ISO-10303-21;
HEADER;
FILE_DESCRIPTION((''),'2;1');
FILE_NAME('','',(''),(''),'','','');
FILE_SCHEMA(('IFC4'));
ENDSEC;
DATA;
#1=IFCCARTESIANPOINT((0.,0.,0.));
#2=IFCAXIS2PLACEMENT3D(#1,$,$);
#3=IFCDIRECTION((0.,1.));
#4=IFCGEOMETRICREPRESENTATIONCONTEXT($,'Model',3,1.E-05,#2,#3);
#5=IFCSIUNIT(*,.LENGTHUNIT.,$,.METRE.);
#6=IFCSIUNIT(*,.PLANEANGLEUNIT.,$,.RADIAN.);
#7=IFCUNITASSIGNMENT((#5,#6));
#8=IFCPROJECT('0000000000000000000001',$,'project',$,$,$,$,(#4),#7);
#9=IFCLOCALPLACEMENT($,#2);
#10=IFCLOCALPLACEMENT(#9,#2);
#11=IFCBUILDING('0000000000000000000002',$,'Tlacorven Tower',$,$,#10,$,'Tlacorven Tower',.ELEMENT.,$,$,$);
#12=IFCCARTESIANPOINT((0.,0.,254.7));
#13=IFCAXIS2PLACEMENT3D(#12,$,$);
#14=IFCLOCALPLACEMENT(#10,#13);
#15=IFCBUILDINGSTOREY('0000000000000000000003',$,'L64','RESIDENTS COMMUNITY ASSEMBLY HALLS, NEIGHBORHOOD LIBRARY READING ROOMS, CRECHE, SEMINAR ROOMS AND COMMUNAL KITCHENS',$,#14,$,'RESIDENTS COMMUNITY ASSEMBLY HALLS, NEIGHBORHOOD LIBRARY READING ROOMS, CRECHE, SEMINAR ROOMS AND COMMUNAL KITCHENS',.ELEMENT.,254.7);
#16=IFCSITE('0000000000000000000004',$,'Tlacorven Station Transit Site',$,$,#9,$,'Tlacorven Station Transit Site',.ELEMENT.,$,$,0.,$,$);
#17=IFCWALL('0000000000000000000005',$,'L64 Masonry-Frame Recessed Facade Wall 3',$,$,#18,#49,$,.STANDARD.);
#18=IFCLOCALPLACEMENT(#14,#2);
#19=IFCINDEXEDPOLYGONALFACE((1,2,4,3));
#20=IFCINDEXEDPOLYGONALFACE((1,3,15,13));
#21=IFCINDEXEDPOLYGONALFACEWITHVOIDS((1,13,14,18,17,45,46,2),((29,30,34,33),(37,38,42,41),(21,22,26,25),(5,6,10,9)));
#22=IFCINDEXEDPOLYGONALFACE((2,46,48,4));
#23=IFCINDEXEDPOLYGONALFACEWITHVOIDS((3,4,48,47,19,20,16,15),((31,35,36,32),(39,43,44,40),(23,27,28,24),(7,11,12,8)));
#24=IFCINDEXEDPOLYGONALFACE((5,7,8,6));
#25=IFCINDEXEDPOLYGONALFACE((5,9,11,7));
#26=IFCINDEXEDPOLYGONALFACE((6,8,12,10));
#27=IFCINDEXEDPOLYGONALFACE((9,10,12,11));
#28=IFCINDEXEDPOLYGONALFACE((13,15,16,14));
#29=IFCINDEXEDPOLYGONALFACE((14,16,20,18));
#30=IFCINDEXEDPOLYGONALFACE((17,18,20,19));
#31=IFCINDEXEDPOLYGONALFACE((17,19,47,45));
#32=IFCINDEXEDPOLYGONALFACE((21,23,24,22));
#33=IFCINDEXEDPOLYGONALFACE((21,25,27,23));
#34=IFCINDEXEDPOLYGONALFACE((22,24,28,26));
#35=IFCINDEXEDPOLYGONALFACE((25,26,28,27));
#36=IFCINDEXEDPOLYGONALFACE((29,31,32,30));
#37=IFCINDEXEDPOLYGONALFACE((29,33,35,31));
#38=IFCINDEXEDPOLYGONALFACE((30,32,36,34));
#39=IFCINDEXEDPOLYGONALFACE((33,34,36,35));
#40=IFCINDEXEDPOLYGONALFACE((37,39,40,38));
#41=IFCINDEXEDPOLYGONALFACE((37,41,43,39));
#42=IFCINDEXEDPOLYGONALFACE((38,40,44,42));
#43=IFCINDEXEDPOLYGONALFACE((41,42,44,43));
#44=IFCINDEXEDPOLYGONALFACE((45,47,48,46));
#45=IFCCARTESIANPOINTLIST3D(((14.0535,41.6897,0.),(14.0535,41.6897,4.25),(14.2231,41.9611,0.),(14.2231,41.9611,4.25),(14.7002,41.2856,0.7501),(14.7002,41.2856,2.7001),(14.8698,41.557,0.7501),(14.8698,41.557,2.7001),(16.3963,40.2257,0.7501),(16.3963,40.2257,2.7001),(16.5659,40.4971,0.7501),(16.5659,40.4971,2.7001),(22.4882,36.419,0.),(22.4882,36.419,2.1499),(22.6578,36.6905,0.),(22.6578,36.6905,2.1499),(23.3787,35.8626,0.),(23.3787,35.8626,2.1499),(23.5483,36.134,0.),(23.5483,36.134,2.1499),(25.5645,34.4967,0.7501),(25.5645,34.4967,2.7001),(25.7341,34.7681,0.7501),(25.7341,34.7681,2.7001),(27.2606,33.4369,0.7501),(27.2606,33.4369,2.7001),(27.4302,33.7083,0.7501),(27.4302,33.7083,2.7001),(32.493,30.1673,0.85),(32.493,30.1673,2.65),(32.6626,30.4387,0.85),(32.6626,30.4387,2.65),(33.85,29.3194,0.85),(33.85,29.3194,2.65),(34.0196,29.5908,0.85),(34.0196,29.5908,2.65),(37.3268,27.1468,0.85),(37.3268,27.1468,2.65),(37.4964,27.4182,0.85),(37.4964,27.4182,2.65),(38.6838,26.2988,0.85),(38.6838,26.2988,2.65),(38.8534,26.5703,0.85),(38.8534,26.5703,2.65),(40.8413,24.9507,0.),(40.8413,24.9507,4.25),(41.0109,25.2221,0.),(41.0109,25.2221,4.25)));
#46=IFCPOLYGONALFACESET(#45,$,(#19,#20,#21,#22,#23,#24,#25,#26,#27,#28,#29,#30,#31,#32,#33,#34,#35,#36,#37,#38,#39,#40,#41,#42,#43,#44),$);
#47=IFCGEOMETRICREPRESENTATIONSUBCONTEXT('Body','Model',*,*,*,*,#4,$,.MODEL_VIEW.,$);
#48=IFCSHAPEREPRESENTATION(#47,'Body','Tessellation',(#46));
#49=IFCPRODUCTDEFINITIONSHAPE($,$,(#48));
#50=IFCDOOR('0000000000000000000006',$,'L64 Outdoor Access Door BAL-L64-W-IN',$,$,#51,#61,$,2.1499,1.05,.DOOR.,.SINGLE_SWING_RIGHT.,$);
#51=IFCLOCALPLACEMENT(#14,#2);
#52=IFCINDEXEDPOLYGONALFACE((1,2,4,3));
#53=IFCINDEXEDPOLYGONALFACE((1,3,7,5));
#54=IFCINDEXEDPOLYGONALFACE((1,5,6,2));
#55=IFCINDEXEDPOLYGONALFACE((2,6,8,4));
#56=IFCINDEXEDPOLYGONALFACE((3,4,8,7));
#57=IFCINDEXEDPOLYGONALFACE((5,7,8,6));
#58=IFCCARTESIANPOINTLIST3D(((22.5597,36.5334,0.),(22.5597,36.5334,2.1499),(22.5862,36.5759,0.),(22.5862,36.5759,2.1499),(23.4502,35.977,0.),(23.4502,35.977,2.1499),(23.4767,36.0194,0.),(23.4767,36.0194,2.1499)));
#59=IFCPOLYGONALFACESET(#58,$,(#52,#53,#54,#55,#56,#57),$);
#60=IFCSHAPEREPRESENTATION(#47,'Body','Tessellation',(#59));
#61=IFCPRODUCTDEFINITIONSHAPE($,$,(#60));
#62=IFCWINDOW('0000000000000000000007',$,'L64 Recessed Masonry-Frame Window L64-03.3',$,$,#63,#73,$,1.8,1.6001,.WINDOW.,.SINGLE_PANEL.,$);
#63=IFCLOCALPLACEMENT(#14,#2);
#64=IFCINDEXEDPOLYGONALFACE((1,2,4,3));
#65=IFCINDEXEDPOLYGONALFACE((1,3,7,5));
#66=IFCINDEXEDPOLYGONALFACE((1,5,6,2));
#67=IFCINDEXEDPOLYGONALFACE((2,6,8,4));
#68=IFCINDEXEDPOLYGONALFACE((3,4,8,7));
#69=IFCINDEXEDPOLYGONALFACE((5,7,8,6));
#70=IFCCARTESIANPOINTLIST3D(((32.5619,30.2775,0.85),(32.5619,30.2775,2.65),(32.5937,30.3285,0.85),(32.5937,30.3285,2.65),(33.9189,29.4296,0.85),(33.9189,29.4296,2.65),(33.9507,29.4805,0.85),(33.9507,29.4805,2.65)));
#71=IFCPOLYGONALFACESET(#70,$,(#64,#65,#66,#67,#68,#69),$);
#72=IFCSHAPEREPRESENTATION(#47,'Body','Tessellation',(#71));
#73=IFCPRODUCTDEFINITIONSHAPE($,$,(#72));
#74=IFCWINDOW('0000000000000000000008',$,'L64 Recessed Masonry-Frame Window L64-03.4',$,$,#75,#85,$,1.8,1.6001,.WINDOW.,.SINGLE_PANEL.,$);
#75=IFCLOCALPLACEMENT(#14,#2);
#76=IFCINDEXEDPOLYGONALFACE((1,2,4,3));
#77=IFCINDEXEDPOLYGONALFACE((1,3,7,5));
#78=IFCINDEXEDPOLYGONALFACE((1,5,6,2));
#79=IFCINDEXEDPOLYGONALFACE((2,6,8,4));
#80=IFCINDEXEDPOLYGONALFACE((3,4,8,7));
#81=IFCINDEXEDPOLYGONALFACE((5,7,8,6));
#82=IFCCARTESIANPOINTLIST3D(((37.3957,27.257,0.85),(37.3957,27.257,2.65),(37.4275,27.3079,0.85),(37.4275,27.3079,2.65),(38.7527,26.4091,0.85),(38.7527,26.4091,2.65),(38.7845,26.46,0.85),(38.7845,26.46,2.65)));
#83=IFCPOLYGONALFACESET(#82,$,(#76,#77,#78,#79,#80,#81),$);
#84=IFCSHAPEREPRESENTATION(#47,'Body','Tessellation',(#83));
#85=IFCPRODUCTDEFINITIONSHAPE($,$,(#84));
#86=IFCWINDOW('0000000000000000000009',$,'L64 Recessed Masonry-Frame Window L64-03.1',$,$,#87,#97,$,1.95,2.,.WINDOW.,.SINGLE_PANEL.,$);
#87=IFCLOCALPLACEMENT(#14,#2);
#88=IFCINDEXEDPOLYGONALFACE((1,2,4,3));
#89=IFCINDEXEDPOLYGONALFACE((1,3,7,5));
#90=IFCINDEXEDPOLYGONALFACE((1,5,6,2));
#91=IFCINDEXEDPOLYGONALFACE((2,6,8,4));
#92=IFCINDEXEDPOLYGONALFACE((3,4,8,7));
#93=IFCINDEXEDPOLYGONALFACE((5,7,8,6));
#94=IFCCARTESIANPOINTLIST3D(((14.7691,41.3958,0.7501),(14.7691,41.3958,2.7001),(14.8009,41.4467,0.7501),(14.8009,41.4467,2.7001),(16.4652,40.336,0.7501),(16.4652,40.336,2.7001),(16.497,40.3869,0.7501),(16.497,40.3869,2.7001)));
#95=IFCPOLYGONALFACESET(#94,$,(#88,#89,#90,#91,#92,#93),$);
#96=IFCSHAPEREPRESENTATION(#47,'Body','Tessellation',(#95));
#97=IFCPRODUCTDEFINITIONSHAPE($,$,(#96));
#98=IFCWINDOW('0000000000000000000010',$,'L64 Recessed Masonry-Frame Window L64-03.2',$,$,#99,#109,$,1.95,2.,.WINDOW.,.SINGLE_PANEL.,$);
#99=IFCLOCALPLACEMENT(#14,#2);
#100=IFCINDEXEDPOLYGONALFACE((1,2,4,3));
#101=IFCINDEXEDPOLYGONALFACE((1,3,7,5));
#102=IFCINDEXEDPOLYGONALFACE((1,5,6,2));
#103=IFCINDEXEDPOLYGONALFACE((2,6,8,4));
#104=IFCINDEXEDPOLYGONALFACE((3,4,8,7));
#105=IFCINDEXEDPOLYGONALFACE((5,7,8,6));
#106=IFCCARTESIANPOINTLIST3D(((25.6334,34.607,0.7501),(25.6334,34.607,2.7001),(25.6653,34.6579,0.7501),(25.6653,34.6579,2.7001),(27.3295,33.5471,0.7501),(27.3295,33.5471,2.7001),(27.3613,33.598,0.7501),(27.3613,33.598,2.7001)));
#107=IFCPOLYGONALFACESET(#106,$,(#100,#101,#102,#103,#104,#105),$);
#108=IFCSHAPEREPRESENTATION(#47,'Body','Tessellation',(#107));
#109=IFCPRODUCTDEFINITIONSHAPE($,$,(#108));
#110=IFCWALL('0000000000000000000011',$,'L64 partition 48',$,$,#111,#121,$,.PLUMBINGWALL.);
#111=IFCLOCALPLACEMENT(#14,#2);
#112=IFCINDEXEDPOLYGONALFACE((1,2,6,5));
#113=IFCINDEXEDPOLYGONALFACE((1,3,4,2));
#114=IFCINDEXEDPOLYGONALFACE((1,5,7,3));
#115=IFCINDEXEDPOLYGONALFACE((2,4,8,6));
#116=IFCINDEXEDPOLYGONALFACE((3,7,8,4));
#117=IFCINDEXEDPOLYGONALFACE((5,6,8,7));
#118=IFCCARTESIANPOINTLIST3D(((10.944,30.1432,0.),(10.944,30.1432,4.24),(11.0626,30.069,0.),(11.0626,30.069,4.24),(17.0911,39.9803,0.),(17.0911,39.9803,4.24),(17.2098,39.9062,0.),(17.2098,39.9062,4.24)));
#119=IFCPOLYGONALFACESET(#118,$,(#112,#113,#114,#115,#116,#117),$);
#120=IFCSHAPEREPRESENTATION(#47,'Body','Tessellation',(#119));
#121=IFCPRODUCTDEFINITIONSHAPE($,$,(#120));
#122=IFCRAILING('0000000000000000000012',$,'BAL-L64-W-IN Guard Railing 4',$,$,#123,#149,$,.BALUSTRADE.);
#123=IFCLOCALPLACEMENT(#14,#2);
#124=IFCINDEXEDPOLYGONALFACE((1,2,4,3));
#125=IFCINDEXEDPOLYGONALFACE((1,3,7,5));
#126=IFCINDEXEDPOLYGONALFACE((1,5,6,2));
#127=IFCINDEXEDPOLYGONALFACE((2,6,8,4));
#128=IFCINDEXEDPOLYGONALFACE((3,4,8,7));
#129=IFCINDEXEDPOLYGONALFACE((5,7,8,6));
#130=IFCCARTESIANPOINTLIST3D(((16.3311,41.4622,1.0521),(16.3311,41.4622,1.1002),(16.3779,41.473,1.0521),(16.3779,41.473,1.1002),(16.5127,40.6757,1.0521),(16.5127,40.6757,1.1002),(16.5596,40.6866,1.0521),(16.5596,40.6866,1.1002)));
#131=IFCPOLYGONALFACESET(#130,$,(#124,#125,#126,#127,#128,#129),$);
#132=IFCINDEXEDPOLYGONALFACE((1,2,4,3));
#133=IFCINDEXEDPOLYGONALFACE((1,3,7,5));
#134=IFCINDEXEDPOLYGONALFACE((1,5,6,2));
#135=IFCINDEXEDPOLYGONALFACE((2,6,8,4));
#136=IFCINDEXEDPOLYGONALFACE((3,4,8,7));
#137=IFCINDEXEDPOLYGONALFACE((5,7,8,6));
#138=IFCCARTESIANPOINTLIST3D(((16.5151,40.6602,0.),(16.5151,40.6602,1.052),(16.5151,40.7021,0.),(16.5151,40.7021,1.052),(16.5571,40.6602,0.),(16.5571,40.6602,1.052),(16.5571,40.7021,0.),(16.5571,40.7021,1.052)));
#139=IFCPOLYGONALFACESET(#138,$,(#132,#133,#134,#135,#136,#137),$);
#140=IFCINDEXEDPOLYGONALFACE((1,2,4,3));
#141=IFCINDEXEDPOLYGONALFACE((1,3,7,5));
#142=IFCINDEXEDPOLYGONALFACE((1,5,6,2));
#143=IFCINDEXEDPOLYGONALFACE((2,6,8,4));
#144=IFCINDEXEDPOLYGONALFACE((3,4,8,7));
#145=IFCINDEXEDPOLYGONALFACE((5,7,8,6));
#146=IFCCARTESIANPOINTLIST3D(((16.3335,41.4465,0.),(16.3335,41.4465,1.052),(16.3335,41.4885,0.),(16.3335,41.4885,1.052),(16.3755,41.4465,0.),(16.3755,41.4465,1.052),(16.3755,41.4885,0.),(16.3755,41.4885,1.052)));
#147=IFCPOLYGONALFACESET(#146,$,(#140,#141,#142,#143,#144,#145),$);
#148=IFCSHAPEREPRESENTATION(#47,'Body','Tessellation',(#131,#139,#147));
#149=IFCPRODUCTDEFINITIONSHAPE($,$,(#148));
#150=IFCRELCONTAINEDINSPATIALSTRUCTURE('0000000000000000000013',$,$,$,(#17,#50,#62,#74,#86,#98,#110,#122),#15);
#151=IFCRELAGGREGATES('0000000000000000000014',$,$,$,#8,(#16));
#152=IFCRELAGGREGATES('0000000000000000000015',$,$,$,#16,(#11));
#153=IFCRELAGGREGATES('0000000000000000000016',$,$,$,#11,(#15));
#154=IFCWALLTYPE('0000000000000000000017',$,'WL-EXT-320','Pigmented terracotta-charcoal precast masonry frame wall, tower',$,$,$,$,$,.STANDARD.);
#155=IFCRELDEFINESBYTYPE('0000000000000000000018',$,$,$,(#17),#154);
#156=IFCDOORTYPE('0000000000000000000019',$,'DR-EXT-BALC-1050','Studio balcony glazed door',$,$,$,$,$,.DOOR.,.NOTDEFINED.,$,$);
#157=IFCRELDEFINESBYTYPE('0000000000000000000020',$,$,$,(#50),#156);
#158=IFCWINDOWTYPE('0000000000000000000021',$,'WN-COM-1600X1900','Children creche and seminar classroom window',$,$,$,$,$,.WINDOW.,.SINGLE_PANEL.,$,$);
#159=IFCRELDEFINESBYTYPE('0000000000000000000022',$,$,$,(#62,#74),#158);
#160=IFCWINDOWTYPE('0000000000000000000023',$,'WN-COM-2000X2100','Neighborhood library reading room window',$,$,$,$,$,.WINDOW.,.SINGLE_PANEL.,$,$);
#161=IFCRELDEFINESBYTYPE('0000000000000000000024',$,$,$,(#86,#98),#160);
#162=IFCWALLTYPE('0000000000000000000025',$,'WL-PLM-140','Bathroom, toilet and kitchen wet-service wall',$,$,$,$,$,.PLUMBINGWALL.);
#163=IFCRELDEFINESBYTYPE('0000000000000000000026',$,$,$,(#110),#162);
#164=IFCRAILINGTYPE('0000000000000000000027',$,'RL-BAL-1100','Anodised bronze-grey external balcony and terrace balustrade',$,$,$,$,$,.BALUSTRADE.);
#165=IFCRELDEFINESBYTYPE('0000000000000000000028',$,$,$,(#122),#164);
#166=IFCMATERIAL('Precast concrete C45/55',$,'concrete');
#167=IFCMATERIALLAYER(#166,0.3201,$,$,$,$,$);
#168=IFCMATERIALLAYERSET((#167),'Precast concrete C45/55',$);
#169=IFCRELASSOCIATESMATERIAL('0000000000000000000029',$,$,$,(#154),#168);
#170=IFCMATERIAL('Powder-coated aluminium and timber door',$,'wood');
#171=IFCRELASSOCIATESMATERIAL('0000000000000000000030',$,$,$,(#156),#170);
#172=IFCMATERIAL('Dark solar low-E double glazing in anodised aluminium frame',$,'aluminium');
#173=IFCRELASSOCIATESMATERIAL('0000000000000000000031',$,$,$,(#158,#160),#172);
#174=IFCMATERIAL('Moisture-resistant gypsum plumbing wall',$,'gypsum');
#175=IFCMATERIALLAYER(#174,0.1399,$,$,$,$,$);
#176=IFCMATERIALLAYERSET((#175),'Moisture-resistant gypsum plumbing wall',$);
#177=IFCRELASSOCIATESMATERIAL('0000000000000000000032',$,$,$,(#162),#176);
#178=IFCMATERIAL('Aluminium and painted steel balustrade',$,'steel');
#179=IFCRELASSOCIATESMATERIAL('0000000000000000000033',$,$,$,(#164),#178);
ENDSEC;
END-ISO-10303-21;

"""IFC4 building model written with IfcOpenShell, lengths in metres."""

from ifc_helpers import new_model, si_unit, direction, frame, frame_2d, origin, origin_2d, place, context, subcontext, project, spatial, rectangle, extrude, source, transform, mapped, material, layer, layer_set, type_object, element, fill, save


model = new_model("IFC4")

# Units and contexts
model_context = context("Model", 3, precision=1e-05, world=origin(), true_north=direction((0.0, 1.0)))
body_context = subcontext(model_context, "Body", "Model", "MODEL_VIEW")
ifc_project = project(units=[si_unit("LENGTHUNIT", "METRE"), si_unit("PLANEANGLEUNIT", "RADIAN")], contexts=[model_context])

# Site, building, storey
site_placement = place(None, origin())
site = spatial("IfcSite", under=ifc_project, at=site_placement, Name="Tlacorven Station Transit Site", LongName="Tlacorven Station Transit Site", CompositionType="ELEMENT", RefElevation=0.0)
building_placement = place(site_placement, origin())
building = spatial("IfcBuilding", under=site, at=building_placement, Name="Tlacorven Tower", LongName="Tlacorven Tower", CompositionType="ELEMENT")
storey_placement = place(building_placement, frame((0.0, 0.0, 254.7)))
storey = spatial("IfcBuildingStorey", under=building, at=storey_placement, Name="L64", Description="RESIDENTS COMMUNITY ASSEMBLY HALLS, NEIGHBORHOOD LIBRARY READING ROOMS, CRECHE, SEMINAR ROOMS AND COMMUNAL KITCHENS", LongName="RESIDENTS COMMUNITY ASSEMBLY HALLS, NEIGHBORHOOD LIBRARY READING ROOMS, CRECHE, SEMINAR ROOMS AND COMMUNAL KITCHENS", CompositionType="ELEMENT", Elevation=254.7)

# Wall, openings, door, windows
ifc_material_1 = material(Name="Precast concrete C45/55", Category="concrete")
ifc_layer_1 = layer(ifc_material_1, 0.3201)
ifc_layer_set_1 = layer_set([ifc_layer_1], Name="Precast concrete C45/55")
wall_type_1 = type_object("IfcWallType", Name="WL-EXT-320", Description="Pigmented terracotta-charcoal precast masonry frame wall, tower", PredefinedType="STANDARD", material=ifc_layer_set_1)
wall_1_placement = place(storey_placement, frame((14.1382, 41.8254, 0.0), z_axis=(0.0, 0.0, 1.0), x_axis=(0.848046, -0.529922, 0.0)))
wall_1 = element("IfcWall", 1, at=wall_1_placement, inside=storey, type_object=wall_type_1, Name="L64 Masonry-Frame Recessed Facade Wall 3", PredefinedType="STANDARD", context=body_context, shape_type="SweptSolid", body=[
    extrude(rectangle(XDim=31.5876, YDim=0.3201, at=frame_2d((15.7939, 0.0))), origin(), (0.0, 0.0, 1.0), 4.25),
])
opening_1_placement = place(wall_1_placement, frame((9.9463, 0.0, 0.0)))
opening_1 = element("IfcOpeningElement", 2, at=opening_1_placement, cuts=wall_1, PredefinedType="OPENING", context=body_context, shape_type="SweptSolid", body=[
    extrude(rectangle(XDim=1.05, YDim=2.1499, at=frame_2d((0.5249, 1.075))), frame((0.0, 0.1699, 0.0), z_axis=(0.0, -1.0, 0.0), x_axis=(1.0, 0.0, 0.0)), (0.0, 0.0, 1.0), 0.3401),
])
opening_2_placement = place(wall_1_placement, frame((0.7627, 0.0, 0.75)))
opening_2 = element("IfcOpeningElement", 3, at=opening_2_placement, cuts=wall_1, PredefinedType="OPENING", context=body_context, shape_type="SweptSolid", body=[
    extrude(rectangle(XDim=2.0, YDim=1.95, at=frame_2d((1.0, 0.9751))), frame((0.0, 0.1699, 0.0), z_axis=(0.0, -1.0, 0.0), x_axis=(1.0, 0.0, 0.0)), (0.0, 0.0, 1.0), 0.3401),
])
opening_3_placement = place(wall_1_placement, frame((13.5737, 0.0, 0.75)))
opening_3 = element("IfcOpeningElement", 4, at=opening_3_placement, cuts=wall_1, PredefinedType="OPENING", context=body_context, shape_type="SweptSolid", body=[
    extrude(rectangle(XDim=2.0, YDim=1.95, at=frame_2d((1.0, 0.9751))), frame((0.0, 0.1699, 0.0), z_axis=(0.0, -1.0, 0.0), x_axis=(1.0, 0.0, 0.0)), (0.0, 0.0, 1.0), 0.3401),
])
opening_4_placement = place(wall_1_placement, frame((21.7437, 0.0, 0.8501)))
opening_4 = element("IfcOpeningElement", 5, at=opening_4_placement, cuts=wall_1, PredefinedType="OPENING", context=body_context, shape_type="SweptSolid", body=[
    extrude(rectangle(XDim=1.6001, YDim=1.8, at=frame_2d((0.8, 0.8999))), frame((0.0, 0.1699, 0.0), z_axis=(0.0, -1.0, 0.0), x_axis=(1.0, 0.0, 0.0)), (0.0, 0.0, 1.0), 0.3401),
])
opening_5_placement = place(wall_1_placement, frame((27.4436, 0.0, 0.8501)))
opening_5 = element("IfcOpeningElement", 6, at=opening_5_placement, cuts=wall_1, PredefinedType="OPENING", context=body_context, shape_type="SweptSolid", body=[
    extrude(rectangle(XDim=1.6001, YDim=1.8, at=frame_2d((0.8, 0.8999))), frame((0.0, 0.1699, 0.0), z_axis=(0.0, -1.0, 0.0), x_axis=(1.0, 0.0, 0.0)), (0.0, 0.0, 1.0), 0.3401),
])
ifc_material_2 = material(Name="Powder-coated aluminium and timber door", Category="wood")
door_type = type_object("IfcDoorType", Name="DR-EXT-BALC-1050", Description="Studio balcony glazed door", OperationType="NOTDEFINED", PredefinedType="DOOR", material=ifc_material_2)
shared_shape_1 = source(origin(), body_context, "Body", "SweptSolid", [
    extrude(rectangle(XDim=1.05, YDim=2.1499, at=frame_2d((0.5249, 1.075))), frame((0.0, 0.0249, 0.0), z_axis=(0.0, -1.0, 0.0), x_axis=(1.0, 0.0, 0.0)), (0.0, 0.0, 1.0), 0.05),
])
door_placement = place(opening_1_placement, origin())
door = element("IfcDoor", 7, at=door_placement, inside=storey, type_object=door_type, Name="L64 Outdoor Access Door BAL-L64-W-IN", OperationType="SINGLE_SWING_RIGHT", OverallHeight=2.1499, OverallWidth=1.05, PredefinedType="DOOR", context=body_context, shape_type="MappedRepresentation", body=[
    mapped(shared_shape_1, transform((0.0, 0.0, 0.0), scale=1.0)),
])
fill(opening_1, door)
ifc_material_3 = material(Name="Dark solar low-E double glazing in anodised aluminium frame", Category="aluminium")
window_type_1 = type_object("IfcWindowType", Name="WN-COM-1600X1900", Description="Children creche and seminar classroom window", PartitioningType="SINGLE_PANEL", PredefinedType="WINDOW", material=ifc_material_3)
shared_shape_2 = source(origin(), body_context, "Body", "SweptSolid", [
    extrude(rectangle(XDim=1.6001, YDim=1.8, at=frame_2d((0.8, 0.8999))), frame((0.0, 0.03, 0.0), z_axis=(0.0, -1.0, 0.0), x_axis=(1.0, 0.0, 0.0)), (0.0, 0.0, 1.0), 0.0601),
])
window_1_placement = place(opening_4_placement, origin())
window_1 = element("IfcWindow", 8, at=window_1_placement, inside=storey, type_object=window_type_1, Name="L64 Recessed Masonry-Frame Window L64-03.3", OverallHeight=1.8, OverallWidth=1.6001, PartitioningType="SINGLE_PANEL", PredefinedType="WINDOW", context=body_context, shape_type="MappedRepresentation", body=[
    mapped(shared_shape_2, transform((0.0, 0.0, 0.0), scale=1.0)),
])
fill(opening_4, window_1)
window_2_placement = place(opening_5_placement, origin())
window_2 = element("IfcWindow", 9, at=window_2_placement, inside=storey, type_object=window_type_1, Name="L64 Recessed Masonry-Frame Window L64-03.4", OverallHeight=1.8, OverallWidth=1.6001, PartitioningType="SINGLE_PANEL", PredefinedType="WINDOW", context=body_context, shape_type="MappedRepresentation", body=[
    mapped(shared_shape_2, transform((0.0, 0.0, 0.0), scale=1.0)),
])
fill(opening_5, window_2)
window_type_2 = type_object("IfcWindowType", Name="WN-COM-2000X2100", Description="Neighborhood library reading room window", PartitioningType="SINGLE_PANEL", PredefinedType="WINDOW", material=ifc_material_3)
shared_shape_3 = source(origin(), body_context, "Body", "SweptSolid", [
    extrude(rectangle(XDim=2.0, YDim=1.95, at=frame_2d((1.0, 0.9751))), frame((0.0, 0.03, 0.0), z_axis=(0.0, -1.0, 0.0), x_axis=(1.0, 0.0, 0.0)), (0.0, 0.0, 1.0), 0.0601),
])
window_3_placement = place(opening_2_placement, origin())
window_3 = element("IfcWindow", 10, at=window_3_placement, inside=storey, type_object=window_type_2, Name="L64 Recessed Masonry-Frame Window L64-03.1", OverallHeight=1.95, OverallWidth=2.0, PartitioningType="SINGLE_PANEL", PredefinedType="WINDOW", context=body_context, shape_type="MappedRepresentation", body=[
    mapped(shared_shape_3, transform((0.0, 0.0, 0.0), scale=1.0)),
])
fill(opening_2, window_3)
window_4_placement = place(opening_3_placement, origin())
window_4 = element("IfcWindow", 11, at=window_4_placement, inside=storey, type_object=window_type_2, Name="L64 Recessed Masonry-Frame Window L64-03.2", OverallHeight=1.95, OverallWidth=2.0, PartitioningType="SINGLE_PANEL", PredefinedType="WINDOW", context=body_context, shape_type="MappedRepresentation", body=[
    mapped(shared_shape_3, transform((0.0, 0.0, 0.0), scale=1.0)),
])
fill(opening_3, window_4)

# Wall
ifc_material_4 = material(Name="Moisture-resistant gypsum plumbing wall", Category="gypsum")
ifc_layer_2 = layer(ifc_material_4, 0.1399)
ifc_layer_set_2 = layer_set([ifc_layer_2], Name="Moisture-resistant gypsum plumbing wall")
wall_type_2 = type_object("IfcWallType", Name="WL-PLM-140", Description="Bathroom, toilet and kitchen wet-service wall", PredefinedType="PLUMBINGWALL", material=ifc_layer_set_2)
wall_2_placement = place(storey_placement, frame((17.1504, 39.9431, 0.0), z_axis=(0.0, 0.0, 1.0), x_axis=(-0.529937, -0.848037, 0.0)))
element("IfcWall", 12, at=wall_2_placement, inside=storey, type_object=wall_type_2, Name="L64 partition 48", PredefinedType="PLUMBINGWALL", context=body_context, shape_type="SweptSolid", body=[
    extrude(rectangle(XDim=11.5999, YDim=0.1399, at=frame_2d((5.7998, 0.0))), origin(), (0.0, 0.0, 1.0), 4.24),
])

# Railing
ifc_material_5 = material(Name="Aluminium and painted steel balustrade", Category="steel")
railing_type = type_object("IfcRailingType", Name="RL-BAL-1100", Description="Anodised bronze-grey external balcony and terrace balustrade", PredefinedType="BALUSTRADE", material=ifc_material_5)
shared_shape_4 = source(origin(), body_context, "Body", "SweptSolid", [
    extrude(rectangle(XDim=0.0481, YDim=0.0481, at=origin_2d()), frame((0.0, 0.0, 1.0762), z_axis=(-0.225058, 0.974345, 0.0), x_axis=(-0.974345, -0.225058, 0.0)), (0.0, 0.0, 1.0), 0.8071),
    extrude(rectangle(XDim=0.042, YDim=0.042, at=origin_2d()), origin(), (0.0, 0.0, 1.0), 1.052),
    extrude(rectangle(XDim=0.042, YDim=0.042, at=origin_2d()), frame((-0.1816, 0.7864, 0.0)), (0.0, 0.0, 1.0), 1.052),
])
railing_1_placement = place(storey_placement, frame((16.5361, 40.6812, 0.0)))
element("IfcRailing", 13, at=railing_1_placement, inside=storey, type_object=railing_type, Name="BAL-L64-W-IN Guard Railing 4", PredefinedType="BALUSTRADE", context=body_context, shape_type="MappedRepresentation", body=[
    mapped(shared_shape_4, transform((0.0, 0.0, 0.0), scale=1.0)),
])

save(model, "model.ifc")
